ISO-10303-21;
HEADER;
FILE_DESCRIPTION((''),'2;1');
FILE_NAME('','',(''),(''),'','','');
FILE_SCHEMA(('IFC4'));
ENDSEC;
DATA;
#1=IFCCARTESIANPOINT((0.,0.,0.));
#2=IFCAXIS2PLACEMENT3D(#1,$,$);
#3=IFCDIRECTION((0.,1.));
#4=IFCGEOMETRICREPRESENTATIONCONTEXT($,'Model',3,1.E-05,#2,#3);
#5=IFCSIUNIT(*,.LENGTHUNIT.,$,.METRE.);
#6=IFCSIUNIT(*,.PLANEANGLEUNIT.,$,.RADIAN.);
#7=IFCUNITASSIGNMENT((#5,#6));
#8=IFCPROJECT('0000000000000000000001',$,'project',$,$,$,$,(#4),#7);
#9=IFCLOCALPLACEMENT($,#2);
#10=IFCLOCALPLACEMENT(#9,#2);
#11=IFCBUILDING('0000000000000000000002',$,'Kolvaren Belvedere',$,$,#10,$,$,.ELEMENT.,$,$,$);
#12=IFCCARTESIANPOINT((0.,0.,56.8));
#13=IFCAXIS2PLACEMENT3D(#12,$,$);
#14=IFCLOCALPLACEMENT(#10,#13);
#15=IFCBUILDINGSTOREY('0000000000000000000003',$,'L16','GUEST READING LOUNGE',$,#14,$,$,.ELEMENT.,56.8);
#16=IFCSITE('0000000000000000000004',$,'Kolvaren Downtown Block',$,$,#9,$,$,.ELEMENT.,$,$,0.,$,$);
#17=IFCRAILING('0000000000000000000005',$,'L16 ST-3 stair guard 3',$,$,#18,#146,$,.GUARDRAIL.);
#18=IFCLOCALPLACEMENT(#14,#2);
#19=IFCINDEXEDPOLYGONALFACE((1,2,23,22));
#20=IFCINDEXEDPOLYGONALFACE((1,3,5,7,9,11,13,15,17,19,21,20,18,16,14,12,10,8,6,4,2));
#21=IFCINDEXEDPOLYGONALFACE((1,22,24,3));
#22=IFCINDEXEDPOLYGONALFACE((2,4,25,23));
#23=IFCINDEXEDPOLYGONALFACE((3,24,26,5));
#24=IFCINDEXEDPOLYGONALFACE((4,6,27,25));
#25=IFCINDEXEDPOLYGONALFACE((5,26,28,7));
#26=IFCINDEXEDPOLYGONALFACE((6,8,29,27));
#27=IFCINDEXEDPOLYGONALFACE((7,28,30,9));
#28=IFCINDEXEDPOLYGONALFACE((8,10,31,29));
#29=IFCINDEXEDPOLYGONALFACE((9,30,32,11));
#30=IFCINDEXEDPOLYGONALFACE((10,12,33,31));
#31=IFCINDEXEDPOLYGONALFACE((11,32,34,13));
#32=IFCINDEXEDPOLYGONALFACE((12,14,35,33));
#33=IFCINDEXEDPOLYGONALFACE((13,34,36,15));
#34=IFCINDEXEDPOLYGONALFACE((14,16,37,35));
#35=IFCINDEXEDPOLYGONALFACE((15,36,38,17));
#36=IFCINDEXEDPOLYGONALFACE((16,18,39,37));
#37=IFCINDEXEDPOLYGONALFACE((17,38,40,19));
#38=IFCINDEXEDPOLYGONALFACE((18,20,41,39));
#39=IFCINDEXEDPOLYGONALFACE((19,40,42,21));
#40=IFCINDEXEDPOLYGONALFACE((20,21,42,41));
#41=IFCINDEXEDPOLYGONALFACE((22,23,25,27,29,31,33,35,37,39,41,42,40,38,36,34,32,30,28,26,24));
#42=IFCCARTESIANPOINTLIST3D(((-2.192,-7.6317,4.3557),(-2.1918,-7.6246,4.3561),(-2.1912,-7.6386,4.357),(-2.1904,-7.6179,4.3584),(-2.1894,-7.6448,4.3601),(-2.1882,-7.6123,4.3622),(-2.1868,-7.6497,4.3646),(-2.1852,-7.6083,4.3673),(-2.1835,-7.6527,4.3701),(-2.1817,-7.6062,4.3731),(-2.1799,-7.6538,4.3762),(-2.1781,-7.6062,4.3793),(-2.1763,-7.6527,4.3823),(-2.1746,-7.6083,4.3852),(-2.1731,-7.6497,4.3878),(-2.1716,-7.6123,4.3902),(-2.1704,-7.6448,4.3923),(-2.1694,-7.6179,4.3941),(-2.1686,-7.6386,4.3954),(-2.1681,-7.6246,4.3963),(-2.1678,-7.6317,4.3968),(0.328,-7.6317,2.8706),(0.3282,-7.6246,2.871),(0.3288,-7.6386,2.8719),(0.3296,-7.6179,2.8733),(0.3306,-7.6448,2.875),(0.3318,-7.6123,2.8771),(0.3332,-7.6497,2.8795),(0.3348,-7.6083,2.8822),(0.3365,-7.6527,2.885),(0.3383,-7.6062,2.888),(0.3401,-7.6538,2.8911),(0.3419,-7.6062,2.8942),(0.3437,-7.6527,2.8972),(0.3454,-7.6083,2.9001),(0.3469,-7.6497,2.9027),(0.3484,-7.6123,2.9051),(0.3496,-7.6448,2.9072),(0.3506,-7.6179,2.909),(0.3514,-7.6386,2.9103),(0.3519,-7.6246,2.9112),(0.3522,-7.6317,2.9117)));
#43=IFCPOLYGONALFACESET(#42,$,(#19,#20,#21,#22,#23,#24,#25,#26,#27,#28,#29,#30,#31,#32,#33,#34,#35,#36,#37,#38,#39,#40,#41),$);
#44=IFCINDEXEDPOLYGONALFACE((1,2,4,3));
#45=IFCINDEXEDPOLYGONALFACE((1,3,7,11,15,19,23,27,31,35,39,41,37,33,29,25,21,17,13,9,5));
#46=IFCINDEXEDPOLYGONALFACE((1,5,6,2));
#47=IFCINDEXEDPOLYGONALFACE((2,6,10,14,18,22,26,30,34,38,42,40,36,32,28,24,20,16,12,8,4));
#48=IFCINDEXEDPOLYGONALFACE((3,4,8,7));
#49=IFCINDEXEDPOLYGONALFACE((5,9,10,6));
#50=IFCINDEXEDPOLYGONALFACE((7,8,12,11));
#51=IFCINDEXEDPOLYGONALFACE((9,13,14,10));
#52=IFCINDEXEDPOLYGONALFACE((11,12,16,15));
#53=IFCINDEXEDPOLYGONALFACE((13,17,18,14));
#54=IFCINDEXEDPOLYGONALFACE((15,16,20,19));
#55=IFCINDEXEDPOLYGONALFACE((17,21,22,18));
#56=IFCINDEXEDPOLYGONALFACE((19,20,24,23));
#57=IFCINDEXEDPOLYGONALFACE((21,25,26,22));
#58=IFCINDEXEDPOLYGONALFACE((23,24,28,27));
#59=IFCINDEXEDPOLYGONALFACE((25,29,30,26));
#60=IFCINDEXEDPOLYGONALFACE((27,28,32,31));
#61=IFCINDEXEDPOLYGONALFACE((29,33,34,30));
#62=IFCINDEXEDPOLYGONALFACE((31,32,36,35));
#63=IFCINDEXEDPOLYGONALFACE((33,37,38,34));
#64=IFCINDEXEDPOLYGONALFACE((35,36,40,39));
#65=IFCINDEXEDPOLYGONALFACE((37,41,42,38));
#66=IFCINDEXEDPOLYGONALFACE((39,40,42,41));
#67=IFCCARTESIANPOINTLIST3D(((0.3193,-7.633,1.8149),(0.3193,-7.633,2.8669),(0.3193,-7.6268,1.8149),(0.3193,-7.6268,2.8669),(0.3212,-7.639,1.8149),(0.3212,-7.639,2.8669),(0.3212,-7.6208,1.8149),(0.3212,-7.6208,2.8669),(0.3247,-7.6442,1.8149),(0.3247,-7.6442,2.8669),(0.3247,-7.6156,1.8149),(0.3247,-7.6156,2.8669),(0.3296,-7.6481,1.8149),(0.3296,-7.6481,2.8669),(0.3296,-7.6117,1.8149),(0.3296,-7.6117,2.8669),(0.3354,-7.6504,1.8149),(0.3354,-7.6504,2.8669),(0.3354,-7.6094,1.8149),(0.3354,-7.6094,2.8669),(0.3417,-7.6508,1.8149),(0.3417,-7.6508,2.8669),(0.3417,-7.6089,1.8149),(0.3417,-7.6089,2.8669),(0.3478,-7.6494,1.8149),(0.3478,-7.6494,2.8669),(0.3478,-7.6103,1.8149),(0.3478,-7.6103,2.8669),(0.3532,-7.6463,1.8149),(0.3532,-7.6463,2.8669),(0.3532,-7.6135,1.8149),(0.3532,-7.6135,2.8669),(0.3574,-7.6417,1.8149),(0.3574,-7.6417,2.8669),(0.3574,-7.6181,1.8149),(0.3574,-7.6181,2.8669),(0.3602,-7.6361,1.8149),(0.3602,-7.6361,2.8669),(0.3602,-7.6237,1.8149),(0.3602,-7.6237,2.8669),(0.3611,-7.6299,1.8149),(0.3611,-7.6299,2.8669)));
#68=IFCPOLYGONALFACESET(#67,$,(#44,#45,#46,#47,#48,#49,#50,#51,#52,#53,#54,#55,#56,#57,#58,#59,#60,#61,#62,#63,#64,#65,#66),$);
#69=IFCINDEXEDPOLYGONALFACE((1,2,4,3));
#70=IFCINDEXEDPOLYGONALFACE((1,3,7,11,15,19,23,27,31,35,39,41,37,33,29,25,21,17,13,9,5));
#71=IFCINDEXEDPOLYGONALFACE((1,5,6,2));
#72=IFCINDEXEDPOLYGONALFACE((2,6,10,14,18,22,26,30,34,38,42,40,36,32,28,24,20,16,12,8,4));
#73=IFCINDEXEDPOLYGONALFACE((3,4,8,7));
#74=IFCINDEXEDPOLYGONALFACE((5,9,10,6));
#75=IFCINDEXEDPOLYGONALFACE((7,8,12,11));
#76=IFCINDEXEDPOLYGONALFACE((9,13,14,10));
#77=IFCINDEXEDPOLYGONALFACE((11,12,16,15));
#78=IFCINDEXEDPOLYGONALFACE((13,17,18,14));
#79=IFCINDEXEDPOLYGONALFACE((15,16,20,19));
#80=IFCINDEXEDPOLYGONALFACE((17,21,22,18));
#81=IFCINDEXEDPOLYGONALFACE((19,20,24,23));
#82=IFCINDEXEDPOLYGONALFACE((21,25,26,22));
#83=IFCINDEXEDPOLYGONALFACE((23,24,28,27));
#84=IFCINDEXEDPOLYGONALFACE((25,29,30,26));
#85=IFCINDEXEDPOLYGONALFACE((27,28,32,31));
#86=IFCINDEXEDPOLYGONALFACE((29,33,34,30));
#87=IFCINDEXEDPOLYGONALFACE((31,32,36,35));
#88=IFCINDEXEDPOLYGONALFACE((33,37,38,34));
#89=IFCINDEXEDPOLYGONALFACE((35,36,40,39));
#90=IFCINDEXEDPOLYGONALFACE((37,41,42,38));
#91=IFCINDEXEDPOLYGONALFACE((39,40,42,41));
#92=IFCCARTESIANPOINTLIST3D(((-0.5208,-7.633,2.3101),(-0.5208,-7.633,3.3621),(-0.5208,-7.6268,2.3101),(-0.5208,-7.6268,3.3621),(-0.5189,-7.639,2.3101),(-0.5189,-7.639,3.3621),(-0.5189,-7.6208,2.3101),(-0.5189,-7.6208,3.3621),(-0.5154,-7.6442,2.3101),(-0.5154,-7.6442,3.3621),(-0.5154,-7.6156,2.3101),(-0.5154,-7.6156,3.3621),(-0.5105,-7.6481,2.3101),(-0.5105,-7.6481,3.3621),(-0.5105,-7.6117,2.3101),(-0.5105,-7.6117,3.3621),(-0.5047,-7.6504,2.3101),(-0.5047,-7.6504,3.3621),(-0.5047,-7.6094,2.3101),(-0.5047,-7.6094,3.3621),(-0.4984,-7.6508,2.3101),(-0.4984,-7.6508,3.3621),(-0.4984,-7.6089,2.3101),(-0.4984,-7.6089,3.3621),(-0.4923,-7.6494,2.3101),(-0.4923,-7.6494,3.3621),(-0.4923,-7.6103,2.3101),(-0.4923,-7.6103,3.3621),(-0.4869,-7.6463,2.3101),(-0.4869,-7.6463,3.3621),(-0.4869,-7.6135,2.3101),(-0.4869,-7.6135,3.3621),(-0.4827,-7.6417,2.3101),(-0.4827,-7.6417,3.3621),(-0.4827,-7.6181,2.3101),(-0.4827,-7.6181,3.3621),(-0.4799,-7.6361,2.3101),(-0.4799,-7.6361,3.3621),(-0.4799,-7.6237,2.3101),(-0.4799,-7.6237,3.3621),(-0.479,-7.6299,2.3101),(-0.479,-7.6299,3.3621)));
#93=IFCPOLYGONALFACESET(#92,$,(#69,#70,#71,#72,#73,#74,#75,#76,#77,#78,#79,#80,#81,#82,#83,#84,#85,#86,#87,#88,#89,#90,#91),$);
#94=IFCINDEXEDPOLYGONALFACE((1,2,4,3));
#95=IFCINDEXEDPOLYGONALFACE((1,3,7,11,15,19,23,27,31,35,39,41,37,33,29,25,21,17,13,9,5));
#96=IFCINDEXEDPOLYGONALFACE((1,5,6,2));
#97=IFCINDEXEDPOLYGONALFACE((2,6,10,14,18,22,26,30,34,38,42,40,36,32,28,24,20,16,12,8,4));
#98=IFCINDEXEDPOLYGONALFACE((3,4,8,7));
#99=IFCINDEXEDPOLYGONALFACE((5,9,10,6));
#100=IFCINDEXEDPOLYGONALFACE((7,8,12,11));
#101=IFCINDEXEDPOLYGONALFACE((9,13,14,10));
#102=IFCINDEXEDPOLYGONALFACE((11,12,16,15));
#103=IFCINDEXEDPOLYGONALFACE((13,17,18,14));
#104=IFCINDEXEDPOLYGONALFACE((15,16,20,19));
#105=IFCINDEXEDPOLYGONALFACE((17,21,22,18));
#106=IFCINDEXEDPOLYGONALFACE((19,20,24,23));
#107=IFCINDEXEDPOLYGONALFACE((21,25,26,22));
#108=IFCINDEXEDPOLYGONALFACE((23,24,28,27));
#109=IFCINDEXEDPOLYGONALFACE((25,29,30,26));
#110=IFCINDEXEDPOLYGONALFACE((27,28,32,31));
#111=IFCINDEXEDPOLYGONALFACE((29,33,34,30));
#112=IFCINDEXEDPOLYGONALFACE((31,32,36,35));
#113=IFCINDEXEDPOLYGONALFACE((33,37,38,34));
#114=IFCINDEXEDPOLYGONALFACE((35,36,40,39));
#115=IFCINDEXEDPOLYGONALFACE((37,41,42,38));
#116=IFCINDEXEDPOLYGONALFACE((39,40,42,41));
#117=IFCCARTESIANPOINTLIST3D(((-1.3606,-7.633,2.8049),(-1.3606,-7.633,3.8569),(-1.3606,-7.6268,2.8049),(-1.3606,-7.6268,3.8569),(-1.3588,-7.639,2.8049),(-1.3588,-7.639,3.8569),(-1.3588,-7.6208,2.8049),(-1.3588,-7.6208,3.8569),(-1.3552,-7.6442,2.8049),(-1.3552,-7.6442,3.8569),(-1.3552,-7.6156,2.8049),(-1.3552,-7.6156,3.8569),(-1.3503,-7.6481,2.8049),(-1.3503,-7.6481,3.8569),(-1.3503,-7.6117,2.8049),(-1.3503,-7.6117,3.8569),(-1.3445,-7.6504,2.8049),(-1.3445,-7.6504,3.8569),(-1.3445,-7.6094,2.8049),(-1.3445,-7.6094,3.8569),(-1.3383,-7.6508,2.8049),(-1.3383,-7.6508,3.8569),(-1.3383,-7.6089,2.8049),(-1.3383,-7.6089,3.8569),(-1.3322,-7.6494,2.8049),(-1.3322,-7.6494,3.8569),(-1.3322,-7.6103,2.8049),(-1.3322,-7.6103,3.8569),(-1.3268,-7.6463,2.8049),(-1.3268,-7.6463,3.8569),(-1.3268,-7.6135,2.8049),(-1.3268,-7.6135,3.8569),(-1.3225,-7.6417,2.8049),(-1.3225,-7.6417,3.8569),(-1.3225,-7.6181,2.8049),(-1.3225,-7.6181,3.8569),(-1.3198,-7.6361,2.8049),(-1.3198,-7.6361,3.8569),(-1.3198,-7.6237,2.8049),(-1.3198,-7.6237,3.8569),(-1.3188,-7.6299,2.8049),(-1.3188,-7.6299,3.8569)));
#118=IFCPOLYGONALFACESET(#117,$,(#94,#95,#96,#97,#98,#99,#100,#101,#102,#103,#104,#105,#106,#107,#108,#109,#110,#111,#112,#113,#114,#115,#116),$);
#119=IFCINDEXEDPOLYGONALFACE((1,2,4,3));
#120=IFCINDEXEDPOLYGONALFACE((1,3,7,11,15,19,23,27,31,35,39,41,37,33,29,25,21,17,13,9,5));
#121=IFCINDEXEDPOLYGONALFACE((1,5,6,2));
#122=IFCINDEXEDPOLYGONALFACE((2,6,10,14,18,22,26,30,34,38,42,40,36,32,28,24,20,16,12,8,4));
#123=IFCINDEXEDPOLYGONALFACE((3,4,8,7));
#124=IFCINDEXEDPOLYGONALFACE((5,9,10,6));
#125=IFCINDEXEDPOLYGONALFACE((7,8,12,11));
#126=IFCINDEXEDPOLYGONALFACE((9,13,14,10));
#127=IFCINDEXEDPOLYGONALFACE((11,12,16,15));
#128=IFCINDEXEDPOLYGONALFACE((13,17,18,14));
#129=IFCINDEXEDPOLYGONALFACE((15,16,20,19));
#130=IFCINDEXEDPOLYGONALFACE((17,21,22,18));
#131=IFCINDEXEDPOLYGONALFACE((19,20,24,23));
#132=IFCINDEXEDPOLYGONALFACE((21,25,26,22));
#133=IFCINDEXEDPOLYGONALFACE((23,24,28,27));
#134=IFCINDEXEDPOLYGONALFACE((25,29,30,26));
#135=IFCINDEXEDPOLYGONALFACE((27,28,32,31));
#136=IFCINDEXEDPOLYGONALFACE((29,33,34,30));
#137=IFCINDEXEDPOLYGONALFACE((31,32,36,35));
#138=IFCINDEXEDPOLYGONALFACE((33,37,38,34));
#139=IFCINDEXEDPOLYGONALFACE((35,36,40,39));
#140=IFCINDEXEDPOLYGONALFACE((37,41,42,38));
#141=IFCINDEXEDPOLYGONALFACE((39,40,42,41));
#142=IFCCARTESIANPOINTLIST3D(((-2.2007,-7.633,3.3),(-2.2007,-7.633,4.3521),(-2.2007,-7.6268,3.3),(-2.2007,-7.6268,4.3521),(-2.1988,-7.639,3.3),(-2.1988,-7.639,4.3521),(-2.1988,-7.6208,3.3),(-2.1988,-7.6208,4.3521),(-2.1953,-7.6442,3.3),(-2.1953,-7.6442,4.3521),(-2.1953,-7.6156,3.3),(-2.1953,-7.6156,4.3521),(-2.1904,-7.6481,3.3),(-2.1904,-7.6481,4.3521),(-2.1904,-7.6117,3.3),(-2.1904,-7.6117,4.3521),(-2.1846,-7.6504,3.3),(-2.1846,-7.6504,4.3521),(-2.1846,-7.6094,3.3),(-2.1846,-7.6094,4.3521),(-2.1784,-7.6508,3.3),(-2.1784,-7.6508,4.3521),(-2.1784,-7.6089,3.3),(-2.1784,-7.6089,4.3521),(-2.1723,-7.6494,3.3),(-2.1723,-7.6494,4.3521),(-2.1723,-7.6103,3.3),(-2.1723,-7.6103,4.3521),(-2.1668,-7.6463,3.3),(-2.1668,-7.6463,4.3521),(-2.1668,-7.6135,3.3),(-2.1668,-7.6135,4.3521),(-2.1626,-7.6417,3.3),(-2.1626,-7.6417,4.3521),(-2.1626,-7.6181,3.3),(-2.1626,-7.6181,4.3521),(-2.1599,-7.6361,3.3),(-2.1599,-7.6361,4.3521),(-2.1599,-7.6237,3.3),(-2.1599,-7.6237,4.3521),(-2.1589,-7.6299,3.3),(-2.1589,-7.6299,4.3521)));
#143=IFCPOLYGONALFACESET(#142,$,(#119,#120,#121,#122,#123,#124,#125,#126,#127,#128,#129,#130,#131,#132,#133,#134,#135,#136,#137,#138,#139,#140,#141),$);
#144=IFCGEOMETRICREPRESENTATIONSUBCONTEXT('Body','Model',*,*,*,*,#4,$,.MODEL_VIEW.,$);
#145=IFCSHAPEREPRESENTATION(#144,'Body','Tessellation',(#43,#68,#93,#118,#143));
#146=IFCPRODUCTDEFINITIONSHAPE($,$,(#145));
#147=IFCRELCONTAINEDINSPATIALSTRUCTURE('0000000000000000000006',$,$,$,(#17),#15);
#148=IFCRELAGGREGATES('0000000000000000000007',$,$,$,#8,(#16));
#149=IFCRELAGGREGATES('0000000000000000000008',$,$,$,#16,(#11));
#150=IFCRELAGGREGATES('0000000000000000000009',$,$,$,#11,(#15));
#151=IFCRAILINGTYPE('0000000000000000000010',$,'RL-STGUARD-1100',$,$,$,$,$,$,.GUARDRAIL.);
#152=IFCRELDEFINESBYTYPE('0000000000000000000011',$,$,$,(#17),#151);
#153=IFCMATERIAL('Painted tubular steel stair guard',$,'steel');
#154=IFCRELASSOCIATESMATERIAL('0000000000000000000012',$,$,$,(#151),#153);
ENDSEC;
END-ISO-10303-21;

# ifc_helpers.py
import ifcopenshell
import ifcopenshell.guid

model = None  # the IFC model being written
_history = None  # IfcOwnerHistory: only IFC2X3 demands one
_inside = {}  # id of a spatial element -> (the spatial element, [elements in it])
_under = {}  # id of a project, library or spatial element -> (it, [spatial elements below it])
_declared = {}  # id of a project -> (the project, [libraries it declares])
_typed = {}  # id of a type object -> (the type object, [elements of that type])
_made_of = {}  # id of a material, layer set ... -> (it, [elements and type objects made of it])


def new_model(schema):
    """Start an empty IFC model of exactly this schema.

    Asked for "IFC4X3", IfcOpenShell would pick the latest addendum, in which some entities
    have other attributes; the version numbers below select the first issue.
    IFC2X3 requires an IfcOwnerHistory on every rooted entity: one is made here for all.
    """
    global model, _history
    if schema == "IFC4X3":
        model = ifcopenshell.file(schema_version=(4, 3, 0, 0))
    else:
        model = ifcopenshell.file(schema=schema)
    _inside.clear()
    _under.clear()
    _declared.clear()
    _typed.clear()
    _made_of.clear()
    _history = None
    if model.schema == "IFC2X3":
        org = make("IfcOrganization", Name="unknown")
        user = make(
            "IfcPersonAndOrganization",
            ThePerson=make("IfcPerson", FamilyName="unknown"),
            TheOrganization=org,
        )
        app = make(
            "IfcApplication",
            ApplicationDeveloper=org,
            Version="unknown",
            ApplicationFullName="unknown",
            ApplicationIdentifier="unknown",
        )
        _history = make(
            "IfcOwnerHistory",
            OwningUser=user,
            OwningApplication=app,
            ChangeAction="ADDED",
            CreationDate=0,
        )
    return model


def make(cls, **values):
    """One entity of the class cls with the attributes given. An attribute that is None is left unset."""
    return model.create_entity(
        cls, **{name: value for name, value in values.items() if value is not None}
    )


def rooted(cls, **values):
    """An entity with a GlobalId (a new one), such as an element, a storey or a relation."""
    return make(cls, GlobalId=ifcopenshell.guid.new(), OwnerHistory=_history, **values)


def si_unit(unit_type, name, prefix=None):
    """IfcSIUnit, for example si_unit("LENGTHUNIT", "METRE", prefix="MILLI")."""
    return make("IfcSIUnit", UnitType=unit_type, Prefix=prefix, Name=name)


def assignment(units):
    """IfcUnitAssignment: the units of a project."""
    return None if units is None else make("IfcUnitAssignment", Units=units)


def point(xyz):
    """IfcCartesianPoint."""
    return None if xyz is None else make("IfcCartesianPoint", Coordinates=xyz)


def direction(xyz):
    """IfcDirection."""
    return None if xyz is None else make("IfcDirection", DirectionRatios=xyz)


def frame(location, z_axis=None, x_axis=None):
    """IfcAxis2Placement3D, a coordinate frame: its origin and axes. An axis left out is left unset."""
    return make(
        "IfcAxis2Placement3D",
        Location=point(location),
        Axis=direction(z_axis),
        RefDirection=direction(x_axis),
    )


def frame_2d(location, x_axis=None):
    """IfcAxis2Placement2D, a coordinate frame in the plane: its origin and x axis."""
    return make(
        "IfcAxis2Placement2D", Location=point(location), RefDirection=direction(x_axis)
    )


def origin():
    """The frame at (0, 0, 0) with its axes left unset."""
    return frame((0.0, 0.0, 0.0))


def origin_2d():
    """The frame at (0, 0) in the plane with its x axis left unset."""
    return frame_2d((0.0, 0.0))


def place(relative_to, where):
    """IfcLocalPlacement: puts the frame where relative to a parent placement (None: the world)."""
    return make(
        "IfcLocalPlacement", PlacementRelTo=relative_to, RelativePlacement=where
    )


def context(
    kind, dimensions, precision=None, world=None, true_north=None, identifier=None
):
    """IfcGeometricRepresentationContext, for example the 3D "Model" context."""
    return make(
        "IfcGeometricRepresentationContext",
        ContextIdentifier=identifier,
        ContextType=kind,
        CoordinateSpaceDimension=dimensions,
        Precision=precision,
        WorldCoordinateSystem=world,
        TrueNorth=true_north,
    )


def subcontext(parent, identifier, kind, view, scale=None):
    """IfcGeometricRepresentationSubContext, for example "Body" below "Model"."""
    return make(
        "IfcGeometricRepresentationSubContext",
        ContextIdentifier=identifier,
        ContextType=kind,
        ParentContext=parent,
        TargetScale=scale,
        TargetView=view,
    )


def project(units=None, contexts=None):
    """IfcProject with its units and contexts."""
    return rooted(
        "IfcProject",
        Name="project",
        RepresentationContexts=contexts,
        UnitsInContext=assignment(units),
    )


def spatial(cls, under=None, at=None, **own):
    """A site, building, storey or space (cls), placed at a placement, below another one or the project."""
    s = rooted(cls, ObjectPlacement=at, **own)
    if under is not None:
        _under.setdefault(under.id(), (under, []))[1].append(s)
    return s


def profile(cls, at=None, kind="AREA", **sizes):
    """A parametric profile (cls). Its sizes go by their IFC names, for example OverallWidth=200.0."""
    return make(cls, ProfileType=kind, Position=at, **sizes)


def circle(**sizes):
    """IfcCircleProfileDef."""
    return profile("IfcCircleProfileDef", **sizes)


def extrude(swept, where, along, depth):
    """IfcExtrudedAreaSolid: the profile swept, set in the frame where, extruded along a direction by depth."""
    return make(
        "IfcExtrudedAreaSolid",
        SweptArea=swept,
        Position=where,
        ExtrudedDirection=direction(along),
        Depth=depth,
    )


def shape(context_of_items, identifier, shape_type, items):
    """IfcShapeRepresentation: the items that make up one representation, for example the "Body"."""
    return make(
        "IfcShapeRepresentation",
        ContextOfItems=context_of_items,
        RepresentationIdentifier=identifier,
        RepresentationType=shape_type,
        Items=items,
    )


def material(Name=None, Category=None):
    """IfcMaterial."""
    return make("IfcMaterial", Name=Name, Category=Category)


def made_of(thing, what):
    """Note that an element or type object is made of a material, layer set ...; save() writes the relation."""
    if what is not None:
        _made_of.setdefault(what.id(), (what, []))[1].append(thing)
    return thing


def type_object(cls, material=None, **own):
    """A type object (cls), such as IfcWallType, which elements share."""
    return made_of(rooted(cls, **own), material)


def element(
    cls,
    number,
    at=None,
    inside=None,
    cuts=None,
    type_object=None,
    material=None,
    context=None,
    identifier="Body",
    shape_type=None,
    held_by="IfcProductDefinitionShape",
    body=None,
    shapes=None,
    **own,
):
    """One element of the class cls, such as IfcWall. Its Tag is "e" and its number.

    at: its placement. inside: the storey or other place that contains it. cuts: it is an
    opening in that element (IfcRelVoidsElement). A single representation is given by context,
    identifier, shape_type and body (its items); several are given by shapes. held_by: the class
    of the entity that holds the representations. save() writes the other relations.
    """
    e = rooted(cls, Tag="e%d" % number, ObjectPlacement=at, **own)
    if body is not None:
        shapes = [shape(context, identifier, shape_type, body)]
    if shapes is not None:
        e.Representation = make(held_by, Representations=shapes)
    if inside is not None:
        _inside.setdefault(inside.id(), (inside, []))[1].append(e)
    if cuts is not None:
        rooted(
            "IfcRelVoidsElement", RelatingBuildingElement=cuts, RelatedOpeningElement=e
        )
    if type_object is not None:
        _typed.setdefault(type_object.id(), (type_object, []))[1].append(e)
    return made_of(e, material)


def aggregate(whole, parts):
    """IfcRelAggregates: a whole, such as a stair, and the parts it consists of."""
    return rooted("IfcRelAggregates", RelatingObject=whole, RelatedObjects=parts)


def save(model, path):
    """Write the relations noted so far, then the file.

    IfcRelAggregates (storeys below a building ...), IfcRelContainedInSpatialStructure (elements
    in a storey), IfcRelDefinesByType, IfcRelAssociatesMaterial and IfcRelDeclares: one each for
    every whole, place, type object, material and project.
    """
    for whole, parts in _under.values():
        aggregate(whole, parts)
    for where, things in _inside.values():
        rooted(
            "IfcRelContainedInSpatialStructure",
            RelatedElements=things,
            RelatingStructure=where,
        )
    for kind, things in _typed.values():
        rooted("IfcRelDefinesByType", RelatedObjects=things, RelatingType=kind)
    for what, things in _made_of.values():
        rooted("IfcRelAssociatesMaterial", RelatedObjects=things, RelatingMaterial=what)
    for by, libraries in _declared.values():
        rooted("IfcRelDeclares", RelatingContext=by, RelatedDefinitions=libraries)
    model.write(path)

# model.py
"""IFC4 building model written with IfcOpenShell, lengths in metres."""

from ifc_helpers import new_model, si_unit, direction, frame, origin, origin_2d, place, context, subcontext, project, spatial, circle, extrude, material, type_object, element, save


model = new_model("IFC4")

# Units and contexts
model_context = context("Model", 3, precision=1e-05, world=origin(), true_north=direction((0.0, 1.0)))
body_context = subcontext(model_context, "Body", "Model", "MODEL_VIEW")
ifc_project = project(units=[si_unit("LENGTHUNIT", "METRE"), si_unit("PLANEANGLEUNIT", "RADIAN")], contexts=[model_context])

# Site, building, storey
site_placement = place(None, origin())
site = spatial("IfcSite", under=ifc_project, at=site_placement, Name="Kolvaren Downtown Block", CompositionType="ELEMENT", RefElevation=0.0)
building_placement = place(site_placement, origin())
building = spatial("IfcBuilding", under=site, at=building_placement, Name="Kolvaren Belvedere", CompositionType="ELEMENT")
storey_placement = place(building_placement, frame((0.0, 0.0, 56.8)))
storey = spatial("IfcBuildingStorey", under=building, at=storey_placement, Name="L16", Description="GUEST READING LOUNGE", CompositionType="ELEMENT", Elevation=56.8)

# Railing
ifc_material_1 = material(Name="Painted tubular steel stair guard", Category="steel")
railing_type_1 = type_object("IfcRailingType", Name="RL-STGUARD-1100", PredefinedType="GUARDRAIL", material=ifc_material_1)
railing_1_placement = place(storey_placement, frame((0.3401, -7.6299, 1.8149)))
element("IfcRailing", 1, at=railing_1_placement, inside=storey, type_object=railing_type_1, Name="L16 ST-3 stair guard 3", PredefinedType="GUARDRAIL", context=body_context, shape_type="SweptSolid", body=[
    extrude(circle(Radius=0.0239, at=origin_2d()), frame((0.0, 0.0, 1.0762), z_axis=(-0.861524, 0.0, 0.507717), x_axis=(0.0, -1.0, 0.0)), (0.0, 0.0, 1.0), 2.925),
    extrude(circle(Radius=0.021, at=origin_2d()), origin(), (0.0, 0.0, 1.0), 1.052),
    extrude(circle(Radius=0.021, at=origin_2d()), frame((-0.8401, 0.0, 0.4951)), (0.0, 0.0, 1.0), 1.052),
    extrude(circle(Radius=0.021, at=origin_2d()), frame((-1.6799, 0.0, 0.99)), (0.0, 0.0, 1.0), 1.052),
    extrude(circle(Radius=0.021, at=origin_2d()), frame((-2.52, 0.0, 1.4851)), (0.0, 0.0, 1.0), 1.052),
])

save(model, "model.ifc")
